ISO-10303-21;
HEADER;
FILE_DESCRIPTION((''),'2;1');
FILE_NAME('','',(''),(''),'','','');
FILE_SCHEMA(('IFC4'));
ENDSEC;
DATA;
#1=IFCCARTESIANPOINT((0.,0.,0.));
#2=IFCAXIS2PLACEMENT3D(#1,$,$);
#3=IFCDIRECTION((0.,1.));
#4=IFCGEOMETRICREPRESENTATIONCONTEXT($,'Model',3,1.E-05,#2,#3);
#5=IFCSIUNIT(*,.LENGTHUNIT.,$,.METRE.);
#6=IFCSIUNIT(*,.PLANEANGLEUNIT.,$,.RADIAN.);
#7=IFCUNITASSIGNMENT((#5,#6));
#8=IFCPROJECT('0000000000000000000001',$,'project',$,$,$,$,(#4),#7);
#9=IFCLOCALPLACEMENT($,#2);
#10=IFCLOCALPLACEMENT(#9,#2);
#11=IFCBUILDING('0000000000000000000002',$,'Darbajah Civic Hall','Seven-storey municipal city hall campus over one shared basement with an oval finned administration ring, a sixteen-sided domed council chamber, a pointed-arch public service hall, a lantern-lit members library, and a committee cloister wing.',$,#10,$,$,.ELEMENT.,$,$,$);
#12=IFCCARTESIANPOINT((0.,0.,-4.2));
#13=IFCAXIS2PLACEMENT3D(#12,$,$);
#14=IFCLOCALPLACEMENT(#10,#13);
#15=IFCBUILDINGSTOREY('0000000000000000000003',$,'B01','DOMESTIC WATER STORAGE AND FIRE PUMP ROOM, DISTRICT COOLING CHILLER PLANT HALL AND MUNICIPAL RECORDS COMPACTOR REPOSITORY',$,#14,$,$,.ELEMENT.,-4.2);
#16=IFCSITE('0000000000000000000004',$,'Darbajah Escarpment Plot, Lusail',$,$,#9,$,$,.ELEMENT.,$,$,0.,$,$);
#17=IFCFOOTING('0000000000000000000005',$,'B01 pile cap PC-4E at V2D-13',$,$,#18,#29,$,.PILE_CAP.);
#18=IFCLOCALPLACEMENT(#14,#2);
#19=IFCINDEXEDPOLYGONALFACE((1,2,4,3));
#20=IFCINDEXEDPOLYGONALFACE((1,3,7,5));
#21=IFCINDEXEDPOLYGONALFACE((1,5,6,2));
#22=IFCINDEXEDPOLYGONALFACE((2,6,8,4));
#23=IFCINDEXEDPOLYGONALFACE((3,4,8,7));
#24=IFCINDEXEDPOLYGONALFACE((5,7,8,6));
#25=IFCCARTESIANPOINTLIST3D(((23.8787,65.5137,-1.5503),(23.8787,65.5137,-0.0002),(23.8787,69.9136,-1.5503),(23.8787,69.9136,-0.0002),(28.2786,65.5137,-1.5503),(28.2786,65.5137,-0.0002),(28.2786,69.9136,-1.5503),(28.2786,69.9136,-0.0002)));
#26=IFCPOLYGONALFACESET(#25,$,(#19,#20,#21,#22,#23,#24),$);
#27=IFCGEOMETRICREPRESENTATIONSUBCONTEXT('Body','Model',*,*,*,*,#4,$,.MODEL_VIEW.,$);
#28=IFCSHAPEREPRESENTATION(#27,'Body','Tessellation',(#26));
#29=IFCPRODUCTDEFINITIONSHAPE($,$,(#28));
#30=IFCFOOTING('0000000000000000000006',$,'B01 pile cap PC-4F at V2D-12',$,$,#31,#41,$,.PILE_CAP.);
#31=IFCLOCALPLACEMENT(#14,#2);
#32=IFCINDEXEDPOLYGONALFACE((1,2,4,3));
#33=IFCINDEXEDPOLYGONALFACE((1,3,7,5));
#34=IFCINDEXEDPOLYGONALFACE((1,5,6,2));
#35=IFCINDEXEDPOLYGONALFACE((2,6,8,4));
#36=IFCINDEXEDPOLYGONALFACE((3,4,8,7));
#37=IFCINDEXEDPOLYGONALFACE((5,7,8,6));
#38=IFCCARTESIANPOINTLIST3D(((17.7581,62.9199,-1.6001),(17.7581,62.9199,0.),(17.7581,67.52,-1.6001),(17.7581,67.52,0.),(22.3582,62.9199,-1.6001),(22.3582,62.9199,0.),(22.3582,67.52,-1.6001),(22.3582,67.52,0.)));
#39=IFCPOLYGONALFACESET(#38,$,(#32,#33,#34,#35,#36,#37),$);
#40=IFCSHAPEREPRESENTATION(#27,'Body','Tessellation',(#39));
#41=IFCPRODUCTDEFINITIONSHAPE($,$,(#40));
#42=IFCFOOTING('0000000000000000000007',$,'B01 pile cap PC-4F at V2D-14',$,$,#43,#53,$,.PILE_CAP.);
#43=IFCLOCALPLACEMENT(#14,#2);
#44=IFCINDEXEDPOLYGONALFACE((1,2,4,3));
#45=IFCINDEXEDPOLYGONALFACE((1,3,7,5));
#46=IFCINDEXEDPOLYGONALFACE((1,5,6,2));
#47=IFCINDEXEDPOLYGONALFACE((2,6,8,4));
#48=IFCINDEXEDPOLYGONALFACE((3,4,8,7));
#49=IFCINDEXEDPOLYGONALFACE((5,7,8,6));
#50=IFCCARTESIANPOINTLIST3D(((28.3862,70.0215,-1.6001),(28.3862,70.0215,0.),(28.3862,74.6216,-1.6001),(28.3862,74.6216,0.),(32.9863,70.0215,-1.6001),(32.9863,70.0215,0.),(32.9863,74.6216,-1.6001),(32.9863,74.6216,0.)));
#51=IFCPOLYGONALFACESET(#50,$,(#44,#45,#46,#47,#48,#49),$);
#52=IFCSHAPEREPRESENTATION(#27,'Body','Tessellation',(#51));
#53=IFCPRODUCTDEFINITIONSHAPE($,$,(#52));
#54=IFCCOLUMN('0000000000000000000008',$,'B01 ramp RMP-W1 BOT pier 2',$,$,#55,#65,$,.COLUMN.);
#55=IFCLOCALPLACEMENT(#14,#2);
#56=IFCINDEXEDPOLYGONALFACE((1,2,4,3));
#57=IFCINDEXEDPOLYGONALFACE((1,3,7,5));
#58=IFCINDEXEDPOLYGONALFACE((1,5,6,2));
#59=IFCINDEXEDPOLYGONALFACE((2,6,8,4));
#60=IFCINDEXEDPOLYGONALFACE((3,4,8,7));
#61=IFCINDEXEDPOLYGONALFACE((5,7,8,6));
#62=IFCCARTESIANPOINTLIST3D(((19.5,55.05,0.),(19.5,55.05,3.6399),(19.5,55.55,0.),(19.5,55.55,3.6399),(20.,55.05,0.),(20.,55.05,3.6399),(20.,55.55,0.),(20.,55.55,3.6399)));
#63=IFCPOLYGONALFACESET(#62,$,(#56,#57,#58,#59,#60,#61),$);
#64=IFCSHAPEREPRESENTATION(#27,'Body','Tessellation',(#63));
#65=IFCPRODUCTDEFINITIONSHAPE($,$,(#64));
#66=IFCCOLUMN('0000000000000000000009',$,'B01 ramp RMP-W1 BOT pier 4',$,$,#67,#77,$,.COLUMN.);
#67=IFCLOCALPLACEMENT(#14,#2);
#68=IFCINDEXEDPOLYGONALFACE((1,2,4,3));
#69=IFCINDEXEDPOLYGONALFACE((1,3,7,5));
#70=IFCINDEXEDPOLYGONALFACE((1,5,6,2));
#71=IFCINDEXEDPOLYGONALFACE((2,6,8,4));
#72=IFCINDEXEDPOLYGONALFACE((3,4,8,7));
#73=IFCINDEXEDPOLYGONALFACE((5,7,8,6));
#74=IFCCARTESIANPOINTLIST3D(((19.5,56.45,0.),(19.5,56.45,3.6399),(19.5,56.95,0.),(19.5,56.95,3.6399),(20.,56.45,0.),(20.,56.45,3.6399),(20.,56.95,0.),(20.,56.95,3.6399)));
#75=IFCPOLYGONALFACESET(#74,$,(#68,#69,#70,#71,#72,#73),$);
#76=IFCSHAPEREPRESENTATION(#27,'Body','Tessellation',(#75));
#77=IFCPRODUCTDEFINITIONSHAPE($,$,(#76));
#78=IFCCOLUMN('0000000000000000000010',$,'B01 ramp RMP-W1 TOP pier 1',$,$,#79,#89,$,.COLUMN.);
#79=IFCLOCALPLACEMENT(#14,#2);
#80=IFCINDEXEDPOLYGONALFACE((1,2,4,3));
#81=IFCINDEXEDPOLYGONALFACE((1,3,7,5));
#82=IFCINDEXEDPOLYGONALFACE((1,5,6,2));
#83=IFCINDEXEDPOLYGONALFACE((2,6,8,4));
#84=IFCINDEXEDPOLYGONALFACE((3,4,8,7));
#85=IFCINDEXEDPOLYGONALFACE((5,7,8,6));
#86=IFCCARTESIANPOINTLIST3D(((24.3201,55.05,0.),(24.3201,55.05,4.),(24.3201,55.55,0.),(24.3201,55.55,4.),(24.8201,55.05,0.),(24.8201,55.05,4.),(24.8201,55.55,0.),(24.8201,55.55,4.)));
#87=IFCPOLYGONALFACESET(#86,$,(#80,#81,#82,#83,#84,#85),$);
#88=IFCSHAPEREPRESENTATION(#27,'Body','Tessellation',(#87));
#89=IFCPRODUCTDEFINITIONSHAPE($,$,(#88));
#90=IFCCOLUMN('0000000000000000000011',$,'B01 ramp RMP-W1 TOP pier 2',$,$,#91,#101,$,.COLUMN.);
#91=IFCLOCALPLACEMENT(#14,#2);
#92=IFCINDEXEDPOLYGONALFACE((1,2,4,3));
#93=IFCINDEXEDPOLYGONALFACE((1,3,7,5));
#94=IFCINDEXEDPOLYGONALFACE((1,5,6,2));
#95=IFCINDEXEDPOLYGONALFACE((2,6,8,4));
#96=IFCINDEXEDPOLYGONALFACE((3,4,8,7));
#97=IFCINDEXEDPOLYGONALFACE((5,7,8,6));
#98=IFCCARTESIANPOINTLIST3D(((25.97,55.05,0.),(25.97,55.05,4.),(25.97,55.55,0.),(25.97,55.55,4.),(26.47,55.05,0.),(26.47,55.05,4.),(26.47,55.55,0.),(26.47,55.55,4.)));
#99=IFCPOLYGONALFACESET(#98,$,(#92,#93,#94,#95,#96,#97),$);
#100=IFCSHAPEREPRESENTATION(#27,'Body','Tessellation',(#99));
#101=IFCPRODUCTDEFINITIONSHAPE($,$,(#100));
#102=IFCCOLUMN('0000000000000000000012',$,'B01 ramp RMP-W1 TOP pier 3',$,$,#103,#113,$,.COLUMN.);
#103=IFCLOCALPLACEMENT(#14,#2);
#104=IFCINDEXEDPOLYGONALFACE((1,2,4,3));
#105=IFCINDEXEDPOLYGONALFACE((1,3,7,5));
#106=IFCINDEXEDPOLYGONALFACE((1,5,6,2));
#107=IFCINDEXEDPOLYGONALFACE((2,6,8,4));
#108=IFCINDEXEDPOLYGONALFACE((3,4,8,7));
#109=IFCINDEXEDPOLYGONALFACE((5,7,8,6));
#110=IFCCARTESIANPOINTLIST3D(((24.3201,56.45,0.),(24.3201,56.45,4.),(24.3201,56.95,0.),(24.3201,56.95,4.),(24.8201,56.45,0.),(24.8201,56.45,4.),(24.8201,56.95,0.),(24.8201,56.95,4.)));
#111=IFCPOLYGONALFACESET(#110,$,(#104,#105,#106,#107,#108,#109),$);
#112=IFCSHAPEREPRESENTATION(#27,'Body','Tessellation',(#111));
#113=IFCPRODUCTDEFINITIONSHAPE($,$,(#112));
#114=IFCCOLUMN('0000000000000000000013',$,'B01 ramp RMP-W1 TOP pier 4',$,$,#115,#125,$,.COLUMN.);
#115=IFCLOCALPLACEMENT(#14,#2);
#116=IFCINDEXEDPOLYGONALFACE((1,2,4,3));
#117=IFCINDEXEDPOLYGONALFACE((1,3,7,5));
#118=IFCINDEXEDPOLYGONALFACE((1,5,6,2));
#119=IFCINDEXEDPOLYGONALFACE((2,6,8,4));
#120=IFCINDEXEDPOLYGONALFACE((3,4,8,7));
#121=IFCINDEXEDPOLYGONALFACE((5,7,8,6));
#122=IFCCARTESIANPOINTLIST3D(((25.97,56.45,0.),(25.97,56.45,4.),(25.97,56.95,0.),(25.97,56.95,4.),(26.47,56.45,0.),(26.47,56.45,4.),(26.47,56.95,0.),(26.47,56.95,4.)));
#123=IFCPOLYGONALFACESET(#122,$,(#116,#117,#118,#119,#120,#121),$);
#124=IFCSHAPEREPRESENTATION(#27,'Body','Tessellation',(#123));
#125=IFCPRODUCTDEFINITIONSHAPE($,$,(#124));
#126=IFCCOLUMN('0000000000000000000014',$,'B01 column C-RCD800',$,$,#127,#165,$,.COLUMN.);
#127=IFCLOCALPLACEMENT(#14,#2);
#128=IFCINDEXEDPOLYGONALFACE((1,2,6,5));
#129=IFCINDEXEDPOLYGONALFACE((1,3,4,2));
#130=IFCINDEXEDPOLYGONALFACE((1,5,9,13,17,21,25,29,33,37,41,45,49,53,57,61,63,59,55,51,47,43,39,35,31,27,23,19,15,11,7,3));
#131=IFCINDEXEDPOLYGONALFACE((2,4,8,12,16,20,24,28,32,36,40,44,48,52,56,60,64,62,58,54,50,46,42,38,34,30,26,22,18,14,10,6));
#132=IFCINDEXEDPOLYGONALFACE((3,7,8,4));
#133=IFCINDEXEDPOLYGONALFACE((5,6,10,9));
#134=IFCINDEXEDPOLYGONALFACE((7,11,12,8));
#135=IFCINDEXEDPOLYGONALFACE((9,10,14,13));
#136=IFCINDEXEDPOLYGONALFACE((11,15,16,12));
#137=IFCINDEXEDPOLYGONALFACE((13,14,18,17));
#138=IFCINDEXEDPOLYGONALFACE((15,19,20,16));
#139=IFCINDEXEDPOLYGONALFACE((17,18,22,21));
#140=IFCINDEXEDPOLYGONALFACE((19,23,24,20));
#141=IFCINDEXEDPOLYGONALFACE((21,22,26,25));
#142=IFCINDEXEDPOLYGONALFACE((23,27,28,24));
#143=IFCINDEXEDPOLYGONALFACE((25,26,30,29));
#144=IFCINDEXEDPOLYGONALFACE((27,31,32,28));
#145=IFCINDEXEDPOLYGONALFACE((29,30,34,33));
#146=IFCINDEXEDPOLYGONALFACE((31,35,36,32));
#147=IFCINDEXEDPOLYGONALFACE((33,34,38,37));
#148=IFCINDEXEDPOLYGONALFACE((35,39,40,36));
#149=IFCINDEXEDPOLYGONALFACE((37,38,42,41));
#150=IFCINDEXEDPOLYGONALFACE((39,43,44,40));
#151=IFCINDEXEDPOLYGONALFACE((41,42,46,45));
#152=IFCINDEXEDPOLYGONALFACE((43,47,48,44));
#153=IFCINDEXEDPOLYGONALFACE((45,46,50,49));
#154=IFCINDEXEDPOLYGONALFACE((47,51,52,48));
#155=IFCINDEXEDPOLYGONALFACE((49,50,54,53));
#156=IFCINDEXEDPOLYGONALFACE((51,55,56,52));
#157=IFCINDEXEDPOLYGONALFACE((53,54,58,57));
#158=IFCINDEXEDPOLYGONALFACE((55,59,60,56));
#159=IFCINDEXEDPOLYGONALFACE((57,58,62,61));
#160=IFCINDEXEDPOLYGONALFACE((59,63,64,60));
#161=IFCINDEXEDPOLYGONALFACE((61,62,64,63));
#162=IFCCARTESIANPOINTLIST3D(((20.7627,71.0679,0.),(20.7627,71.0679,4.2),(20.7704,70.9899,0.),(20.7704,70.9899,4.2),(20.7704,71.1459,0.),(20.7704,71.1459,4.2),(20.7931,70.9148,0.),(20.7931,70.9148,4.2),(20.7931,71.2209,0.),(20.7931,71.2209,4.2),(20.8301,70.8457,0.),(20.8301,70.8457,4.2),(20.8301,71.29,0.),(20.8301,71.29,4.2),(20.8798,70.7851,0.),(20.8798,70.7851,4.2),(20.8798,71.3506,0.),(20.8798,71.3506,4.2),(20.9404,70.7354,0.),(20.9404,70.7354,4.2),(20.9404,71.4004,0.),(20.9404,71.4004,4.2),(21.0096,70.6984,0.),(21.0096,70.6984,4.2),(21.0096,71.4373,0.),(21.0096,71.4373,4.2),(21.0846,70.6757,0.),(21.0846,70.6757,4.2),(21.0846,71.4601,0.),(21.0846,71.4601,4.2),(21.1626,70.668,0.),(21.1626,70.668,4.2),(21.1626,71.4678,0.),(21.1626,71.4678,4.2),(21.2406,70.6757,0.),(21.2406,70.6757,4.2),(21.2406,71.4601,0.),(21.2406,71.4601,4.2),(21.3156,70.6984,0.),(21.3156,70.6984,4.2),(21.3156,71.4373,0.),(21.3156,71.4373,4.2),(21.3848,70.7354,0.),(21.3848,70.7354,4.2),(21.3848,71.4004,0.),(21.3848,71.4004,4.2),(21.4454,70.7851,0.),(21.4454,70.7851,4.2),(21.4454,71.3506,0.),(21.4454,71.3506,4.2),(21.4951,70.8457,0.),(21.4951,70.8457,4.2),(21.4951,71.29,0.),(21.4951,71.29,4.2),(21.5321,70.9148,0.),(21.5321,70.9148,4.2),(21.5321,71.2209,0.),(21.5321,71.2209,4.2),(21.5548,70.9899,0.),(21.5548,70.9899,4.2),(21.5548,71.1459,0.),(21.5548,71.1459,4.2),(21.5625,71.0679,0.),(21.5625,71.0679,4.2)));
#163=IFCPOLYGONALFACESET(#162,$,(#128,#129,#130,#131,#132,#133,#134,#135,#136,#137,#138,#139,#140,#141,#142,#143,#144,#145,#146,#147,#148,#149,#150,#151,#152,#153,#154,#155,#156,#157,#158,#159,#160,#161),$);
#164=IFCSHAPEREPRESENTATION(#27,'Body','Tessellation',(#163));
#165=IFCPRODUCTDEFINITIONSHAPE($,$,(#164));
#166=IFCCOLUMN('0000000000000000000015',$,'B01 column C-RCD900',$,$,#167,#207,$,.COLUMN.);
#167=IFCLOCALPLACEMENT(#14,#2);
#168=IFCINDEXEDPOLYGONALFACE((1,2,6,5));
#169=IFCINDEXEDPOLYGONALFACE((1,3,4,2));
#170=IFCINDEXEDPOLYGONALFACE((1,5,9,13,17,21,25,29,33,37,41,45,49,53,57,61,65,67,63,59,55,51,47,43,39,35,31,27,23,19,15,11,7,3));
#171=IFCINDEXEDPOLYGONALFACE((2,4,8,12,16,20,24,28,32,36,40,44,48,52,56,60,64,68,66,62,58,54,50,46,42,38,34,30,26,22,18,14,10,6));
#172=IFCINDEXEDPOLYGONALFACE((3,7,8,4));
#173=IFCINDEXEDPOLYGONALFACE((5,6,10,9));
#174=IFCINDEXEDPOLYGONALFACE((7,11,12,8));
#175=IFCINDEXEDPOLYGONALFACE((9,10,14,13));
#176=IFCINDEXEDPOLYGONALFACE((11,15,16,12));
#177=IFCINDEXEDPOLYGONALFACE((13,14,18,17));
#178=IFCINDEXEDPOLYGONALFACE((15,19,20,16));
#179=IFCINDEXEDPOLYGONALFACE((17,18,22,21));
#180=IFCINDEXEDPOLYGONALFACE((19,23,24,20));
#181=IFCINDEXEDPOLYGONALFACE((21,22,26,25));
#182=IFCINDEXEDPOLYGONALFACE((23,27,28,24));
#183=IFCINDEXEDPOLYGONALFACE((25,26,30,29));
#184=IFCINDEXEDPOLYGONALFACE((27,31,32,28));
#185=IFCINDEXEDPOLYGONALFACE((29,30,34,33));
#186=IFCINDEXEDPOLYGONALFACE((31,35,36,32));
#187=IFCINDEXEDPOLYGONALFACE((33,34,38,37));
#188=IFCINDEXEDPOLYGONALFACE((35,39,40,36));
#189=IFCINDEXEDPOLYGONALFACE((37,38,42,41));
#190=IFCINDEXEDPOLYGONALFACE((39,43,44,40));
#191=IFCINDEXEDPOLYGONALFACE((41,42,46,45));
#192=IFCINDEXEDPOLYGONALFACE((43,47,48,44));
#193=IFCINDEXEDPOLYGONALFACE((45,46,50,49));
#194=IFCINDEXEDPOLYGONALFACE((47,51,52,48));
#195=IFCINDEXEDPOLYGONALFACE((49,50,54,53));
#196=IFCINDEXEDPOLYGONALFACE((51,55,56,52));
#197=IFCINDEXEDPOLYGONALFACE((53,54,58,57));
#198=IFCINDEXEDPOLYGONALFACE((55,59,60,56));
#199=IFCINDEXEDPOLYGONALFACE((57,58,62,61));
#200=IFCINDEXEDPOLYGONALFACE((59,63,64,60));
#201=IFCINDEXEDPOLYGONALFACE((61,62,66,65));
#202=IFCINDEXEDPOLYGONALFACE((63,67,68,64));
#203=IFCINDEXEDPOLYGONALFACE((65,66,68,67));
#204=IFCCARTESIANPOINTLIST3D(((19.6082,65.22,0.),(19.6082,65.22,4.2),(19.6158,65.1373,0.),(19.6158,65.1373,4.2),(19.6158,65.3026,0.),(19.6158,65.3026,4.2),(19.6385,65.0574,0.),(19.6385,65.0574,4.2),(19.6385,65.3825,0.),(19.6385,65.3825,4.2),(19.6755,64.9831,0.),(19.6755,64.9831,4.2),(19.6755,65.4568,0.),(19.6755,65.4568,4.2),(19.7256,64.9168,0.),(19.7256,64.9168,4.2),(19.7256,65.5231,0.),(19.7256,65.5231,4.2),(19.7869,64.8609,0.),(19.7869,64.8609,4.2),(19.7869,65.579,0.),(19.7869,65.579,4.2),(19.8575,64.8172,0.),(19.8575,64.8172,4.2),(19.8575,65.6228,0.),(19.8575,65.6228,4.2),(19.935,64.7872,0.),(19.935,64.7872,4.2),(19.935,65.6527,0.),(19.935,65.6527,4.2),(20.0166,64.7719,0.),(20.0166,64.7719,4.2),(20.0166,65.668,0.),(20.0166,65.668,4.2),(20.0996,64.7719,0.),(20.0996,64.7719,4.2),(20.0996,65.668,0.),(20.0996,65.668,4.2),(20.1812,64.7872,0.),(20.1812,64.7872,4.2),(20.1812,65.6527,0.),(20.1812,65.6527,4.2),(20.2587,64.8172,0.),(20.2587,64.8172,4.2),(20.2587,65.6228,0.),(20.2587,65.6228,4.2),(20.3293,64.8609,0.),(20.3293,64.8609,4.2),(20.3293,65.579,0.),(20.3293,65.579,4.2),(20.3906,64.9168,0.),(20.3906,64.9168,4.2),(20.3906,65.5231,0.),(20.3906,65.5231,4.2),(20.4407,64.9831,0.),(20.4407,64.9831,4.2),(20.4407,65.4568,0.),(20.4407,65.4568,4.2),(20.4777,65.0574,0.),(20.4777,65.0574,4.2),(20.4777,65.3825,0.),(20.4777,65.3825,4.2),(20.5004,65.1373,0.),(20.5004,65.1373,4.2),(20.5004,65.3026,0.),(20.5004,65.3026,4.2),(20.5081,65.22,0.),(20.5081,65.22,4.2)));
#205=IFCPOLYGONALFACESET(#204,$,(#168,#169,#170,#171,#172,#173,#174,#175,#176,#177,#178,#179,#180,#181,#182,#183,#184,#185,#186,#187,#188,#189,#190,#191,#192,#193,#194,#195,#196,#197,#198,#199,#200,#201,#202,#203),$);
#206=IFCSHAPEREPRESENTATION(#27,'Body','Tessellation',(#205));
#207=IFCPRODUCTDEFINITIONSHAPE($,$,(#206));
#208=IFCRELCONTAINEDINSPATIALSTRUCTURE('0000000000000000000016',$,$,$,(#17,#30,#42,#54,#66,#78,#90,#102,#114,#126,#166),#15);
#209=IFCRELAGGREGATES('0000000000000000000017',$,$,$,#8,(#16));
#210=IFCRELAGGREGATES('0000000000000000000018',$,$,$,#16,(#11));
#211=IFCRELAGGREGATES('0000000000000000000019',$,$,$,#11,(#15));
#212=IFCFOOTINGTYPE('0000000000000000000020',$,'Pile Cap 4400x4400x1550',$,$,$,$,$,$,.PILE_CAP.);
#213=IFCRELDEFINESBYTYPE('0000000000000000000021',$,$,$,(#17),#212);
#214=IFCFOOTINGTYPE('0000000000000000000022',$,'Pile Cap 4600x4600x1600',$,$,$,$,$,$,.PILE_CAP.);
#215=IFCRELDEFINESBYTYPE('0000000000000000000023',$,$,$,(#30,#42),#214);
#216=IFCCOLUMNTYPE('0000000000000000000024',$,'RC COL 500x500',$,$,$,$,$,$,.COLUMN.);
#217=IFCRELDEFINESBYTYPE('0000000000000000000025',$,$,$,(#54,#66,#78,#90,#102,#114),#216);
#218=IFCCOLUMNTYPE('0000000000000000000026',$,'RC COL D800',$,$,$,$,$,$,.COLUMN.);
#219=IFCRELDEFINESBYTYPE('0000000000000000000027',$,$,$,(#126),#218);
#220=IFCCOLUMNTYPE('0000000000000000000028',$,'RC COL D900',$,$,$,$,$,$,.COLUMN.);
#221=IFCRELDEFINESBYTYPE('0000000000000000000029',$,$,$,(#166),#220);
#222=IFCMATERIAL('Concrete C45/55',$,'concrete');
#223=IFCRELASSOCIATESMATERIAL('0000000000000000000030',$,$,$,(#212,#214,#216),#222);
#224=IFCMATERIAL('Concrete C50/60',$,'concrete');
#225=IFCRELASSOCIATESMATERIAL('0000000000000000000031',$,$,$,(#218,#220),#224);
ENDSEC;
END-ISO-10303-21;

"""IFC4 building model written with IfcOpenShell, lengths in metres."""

from ifc_helpers import new_model, si_unit, direction, frame, origin, origin_2d, place, context, subcontext, project, spatial, rectangle, circle, extrude, material, material_profile, profile_set, type_object, element, save


model = new_model("IFC4")

# Units and contexts
model_context = context("Model", 3, precision=1e-05, world=origin(), true_north=direction((0.0, 1.0)))
body_context = subcontext(model_context, "Body", "Model", "MODEL_VIEW")
ifc_project = project(units=[si_unit("LENGTHUNIT", "METRE"), si_unit("PLANEANGLEUNIT", "RADIAN")], contexts=[model_context])

# Site, building, storey
site_placement = place(None, origin())
site = spatial("IfcSite", under=ifc_project, at=site_placement, Name="Darbajah Escarpment Plot, Lusail", CompositionType="ELEMENT", RefElevation=0.0)
building_placement = place(site_placement, origin())
building = spatial("IfcBuilding", under=site, at=building_placement, Name="Darbajah Civic Hall", Description="Seven-storey municipal city hall campus over one shared basement with an oval finned administration ring, a sixteen-sided domed council chamber, a pointed-arch public service hall, a lantern-lit members library, and a committee cloister wing.", CompositionType="ELEMENT")
storey_placement = place(building_placement, frame((0.0, 0.0, -4.2)))
storey = spatial("IfcBuildingStorey", under=building, at=storey_placement, Name="B01", Description="DOMESTIC WATER STORAGE AND FIRE PUMP ROOM, DISTRICT COOLING CHILLER PLANT HALL AND MUNICIPAL RECORDS COMPACTOR REPOSITORY", CompositionType="ELEMENT", Elevation=-4.2)

# Shared definitions
ifc_material_1 = material(Name="Concrete C45/55", Category="concrete")

# Footings
footing_type_1 = type_object("IfcFootingType", Name="Pile Cap 4400x4400x1550", PredefinedType="PILE_CAP", material=ifc_material_1)
footing_1_placement = place(storey_placement, frame((26.0786, 67.7136, -1.5503), z_axis=(0.0, 0.0, 1.0), x_axis=(1.0, 0.0, 0.0)))
element("IfcFooting", 1, at=footing_1_placement, inside=storey, type_object=footing_type_1, Name="B01 pile cap PC-4E at V2D-13", PredefinedType="PILE_CAP", context=body_context, shape_type="SweptSolid", body=[
    extrude(rectangle(XDim=4.3999, YDim=4.3999, at=origin_2d()), origin(), (0.0, 0.0, 1.0), 1.55),
])
footing_type_2 = type_object("IfcFootingType", Name="Pile Cap 4600x4600x1600", PredefinedType="PILE_CAP", material=ifc_material_1)
for number, where, z_axis, x_axis, name in (
    (2, (20.0581, 65.22, -1.6001), (0.0, 0.0, 1.0), (1.0, 0.0, 0.0), "B01 pile cap PC-4F at V2D-12"),
    (3, (30.6863, 72.3215, -1.6001), (0.0, 0.0, 1.0), (1.0, 0.0, 0.0), "B01 pile cap PC-4F at V2D-14"),
):
    element("IfcFooting", number, at=place(storey_placement, frame(where, z_axis=z_axis, x_axis=x_axis)), inside=storey, type_object=footing_type_2, Name=name, PredefinedType="PILE_CAP", context=body_context, shape_type="SweptSolid", body=[
        extrude(rectangle(XDim=4.6001, YDim=4.6001, at=origin_2d()), origin(), (0.0, 0.0, 1.0), 1.6001),
    ])

# Columns
ifc_material_profile_1 = material_profile(ifc_material_1, rectangle(XDim=0.5, YDim=0.5, at=origin_2d()), Name="RC COL 500x500")
ifc_profile_set_1 = profile_set([ifc_material_profile_1], Name="Concrete C45/55")
column_type_1 = type_object("IfcColumnType", Name="RC COL 500x500", PredefinedType="COLUMN", material=ifc_profile_set_1)
for number, where, z_axis, x_axis, name in (
    (4, (19.75, 55.3, 0.0), (0.0, 0.0, 1.0), (1.0, 0.0, 0.0), "B01 ramp RMP-W1 BOT pier 2"),
    (5, (19.75, 56.7, 0.0), (0.0, 0.0, 1.0), (1.0, 0.0, 0.0), "B01 ramp RMP-W1 BOT pier 4"),
):
    element("IfcColumn", number, at=place(storey_placement, frame(where, z_axis=z_axis, x_axis=x_axis)), inside=storey, type_object=column_type_1, Name=name, PredefinedType="COLUMN", context=body_context, shape_type="SweptSolid", body=[
        extrude(rectangle(XDim=0.5, YDim=0.5, at=origin_2d()), origin(), (0.0, 0.0, 1.0), 3.6399),
    ])
for number, where, z_axis, x_axis, name in (
    (6, (24.5701, 55.3, 0.0), (0.0, 0.0, 1.0), (1.0, 0.0, 0.0), "B01 ramp RMP-W1 TOP pier 1"),
    (7, (26.22, 55.3, 0.0), (0.0, 0.0, 1.0), (1.0, 0.0, 0.0), "B01 ramp RMP-W1 TOP pier 2"),
    (8, (24.5701, 56.7, 0.0), (0.0, 0.0, 1.0), (1.0, 0.0, 0.0), "B01 ramp RMP-W1 TOP pier 3"),
    (9, (26.22, 56.7, 0.0), (0.0, 0.0, 1.0), (1.0, 0.0, 0.0), "B01 ramp RMP-W1 TOP pier 4"),
):
    element("IfcColumn", number, at=place(storey_placement, frame(where, z_axis=z_axis, x_axis=x_axis)), inside=storey, type_object=column_type_1, Name=name, PredefinedType="COLUMN", context=body_context, shape_type="SweptSolid", body=[
        extrude(rectangle(XDim=0.5, YDim=0.5, at=origin_2d()), origin(), (0.0, 0.0, 1.0), 4.0),
    ])
ifc_material_2 = material(Name="Concrete C50/60", Category="concrete")
ifc_material_profile_2 = material_profile(ifc_material_2, circle(Radius=0.3999, at=origin_2d()), Name="RC COL D800")
ifc_profile_set_2 = profile_set([ifc_material_profile_2], Name="Concrete C50/60")
column_type_2 = type_object("IfcColumnType", Name="RC COL D800", PredefinedType="COLUMN", material=ifc_profile_set_2)
column_placement = place(storey_placement, frame((21.1626, 71.0679, 0.0), z_axis=(0.0, 0.0, 1.0), x_axis=(1.0, 0.0, 0.0)))
element("IfcColumn", 10, at=column_placement, inside=storey, type_object=column_type_2, Name="B01 column C-RCD800", PredefinedType="COLUMN", context=body_context, shape_type="SweptSolid", body=[
    extrude(circle(Radius=0.3999, at=origin_2d()), origin(), (0.0, 0.0, 1.0), 4.2),
])
ifc_material_profile_3 = material_profile(ifc_material_2, circle(Radius=0.45, at=origin_2d()), Name="RC COL D900")
ifc_profile_set_3 = profile_set([ifc_material_profile_3], Name="Concrete C50/60")
column_type_3 = type_object("IfcColumnType", Name="RC COL D900", PredefinedType="COLUMN", material=ifc_profile_set_3)
for number, where, z_axis, x_axis, name in (
    (11, (20.0581, 65.22, 0.0), (0.0, 0.0, 1.0), (1.0, 0.0, 0.0), "B01 column C-RCD900"),
):
    element("IfcColumn", number, at=place(storey_placement, frame(where, z_axis=z_axis, x_axis=x_axis)), inside=storey, type_object=column_type_3, Name=name, PredefinedType="COLUMN", context=body_context, shape_type="SweptSolid", body=[
        extrude(circle(Radius=0.45, at=origin_2d()), origin(), (0.0, 0.0, 1.0), 4.2),
    ])

save(model, "model.ifc")
